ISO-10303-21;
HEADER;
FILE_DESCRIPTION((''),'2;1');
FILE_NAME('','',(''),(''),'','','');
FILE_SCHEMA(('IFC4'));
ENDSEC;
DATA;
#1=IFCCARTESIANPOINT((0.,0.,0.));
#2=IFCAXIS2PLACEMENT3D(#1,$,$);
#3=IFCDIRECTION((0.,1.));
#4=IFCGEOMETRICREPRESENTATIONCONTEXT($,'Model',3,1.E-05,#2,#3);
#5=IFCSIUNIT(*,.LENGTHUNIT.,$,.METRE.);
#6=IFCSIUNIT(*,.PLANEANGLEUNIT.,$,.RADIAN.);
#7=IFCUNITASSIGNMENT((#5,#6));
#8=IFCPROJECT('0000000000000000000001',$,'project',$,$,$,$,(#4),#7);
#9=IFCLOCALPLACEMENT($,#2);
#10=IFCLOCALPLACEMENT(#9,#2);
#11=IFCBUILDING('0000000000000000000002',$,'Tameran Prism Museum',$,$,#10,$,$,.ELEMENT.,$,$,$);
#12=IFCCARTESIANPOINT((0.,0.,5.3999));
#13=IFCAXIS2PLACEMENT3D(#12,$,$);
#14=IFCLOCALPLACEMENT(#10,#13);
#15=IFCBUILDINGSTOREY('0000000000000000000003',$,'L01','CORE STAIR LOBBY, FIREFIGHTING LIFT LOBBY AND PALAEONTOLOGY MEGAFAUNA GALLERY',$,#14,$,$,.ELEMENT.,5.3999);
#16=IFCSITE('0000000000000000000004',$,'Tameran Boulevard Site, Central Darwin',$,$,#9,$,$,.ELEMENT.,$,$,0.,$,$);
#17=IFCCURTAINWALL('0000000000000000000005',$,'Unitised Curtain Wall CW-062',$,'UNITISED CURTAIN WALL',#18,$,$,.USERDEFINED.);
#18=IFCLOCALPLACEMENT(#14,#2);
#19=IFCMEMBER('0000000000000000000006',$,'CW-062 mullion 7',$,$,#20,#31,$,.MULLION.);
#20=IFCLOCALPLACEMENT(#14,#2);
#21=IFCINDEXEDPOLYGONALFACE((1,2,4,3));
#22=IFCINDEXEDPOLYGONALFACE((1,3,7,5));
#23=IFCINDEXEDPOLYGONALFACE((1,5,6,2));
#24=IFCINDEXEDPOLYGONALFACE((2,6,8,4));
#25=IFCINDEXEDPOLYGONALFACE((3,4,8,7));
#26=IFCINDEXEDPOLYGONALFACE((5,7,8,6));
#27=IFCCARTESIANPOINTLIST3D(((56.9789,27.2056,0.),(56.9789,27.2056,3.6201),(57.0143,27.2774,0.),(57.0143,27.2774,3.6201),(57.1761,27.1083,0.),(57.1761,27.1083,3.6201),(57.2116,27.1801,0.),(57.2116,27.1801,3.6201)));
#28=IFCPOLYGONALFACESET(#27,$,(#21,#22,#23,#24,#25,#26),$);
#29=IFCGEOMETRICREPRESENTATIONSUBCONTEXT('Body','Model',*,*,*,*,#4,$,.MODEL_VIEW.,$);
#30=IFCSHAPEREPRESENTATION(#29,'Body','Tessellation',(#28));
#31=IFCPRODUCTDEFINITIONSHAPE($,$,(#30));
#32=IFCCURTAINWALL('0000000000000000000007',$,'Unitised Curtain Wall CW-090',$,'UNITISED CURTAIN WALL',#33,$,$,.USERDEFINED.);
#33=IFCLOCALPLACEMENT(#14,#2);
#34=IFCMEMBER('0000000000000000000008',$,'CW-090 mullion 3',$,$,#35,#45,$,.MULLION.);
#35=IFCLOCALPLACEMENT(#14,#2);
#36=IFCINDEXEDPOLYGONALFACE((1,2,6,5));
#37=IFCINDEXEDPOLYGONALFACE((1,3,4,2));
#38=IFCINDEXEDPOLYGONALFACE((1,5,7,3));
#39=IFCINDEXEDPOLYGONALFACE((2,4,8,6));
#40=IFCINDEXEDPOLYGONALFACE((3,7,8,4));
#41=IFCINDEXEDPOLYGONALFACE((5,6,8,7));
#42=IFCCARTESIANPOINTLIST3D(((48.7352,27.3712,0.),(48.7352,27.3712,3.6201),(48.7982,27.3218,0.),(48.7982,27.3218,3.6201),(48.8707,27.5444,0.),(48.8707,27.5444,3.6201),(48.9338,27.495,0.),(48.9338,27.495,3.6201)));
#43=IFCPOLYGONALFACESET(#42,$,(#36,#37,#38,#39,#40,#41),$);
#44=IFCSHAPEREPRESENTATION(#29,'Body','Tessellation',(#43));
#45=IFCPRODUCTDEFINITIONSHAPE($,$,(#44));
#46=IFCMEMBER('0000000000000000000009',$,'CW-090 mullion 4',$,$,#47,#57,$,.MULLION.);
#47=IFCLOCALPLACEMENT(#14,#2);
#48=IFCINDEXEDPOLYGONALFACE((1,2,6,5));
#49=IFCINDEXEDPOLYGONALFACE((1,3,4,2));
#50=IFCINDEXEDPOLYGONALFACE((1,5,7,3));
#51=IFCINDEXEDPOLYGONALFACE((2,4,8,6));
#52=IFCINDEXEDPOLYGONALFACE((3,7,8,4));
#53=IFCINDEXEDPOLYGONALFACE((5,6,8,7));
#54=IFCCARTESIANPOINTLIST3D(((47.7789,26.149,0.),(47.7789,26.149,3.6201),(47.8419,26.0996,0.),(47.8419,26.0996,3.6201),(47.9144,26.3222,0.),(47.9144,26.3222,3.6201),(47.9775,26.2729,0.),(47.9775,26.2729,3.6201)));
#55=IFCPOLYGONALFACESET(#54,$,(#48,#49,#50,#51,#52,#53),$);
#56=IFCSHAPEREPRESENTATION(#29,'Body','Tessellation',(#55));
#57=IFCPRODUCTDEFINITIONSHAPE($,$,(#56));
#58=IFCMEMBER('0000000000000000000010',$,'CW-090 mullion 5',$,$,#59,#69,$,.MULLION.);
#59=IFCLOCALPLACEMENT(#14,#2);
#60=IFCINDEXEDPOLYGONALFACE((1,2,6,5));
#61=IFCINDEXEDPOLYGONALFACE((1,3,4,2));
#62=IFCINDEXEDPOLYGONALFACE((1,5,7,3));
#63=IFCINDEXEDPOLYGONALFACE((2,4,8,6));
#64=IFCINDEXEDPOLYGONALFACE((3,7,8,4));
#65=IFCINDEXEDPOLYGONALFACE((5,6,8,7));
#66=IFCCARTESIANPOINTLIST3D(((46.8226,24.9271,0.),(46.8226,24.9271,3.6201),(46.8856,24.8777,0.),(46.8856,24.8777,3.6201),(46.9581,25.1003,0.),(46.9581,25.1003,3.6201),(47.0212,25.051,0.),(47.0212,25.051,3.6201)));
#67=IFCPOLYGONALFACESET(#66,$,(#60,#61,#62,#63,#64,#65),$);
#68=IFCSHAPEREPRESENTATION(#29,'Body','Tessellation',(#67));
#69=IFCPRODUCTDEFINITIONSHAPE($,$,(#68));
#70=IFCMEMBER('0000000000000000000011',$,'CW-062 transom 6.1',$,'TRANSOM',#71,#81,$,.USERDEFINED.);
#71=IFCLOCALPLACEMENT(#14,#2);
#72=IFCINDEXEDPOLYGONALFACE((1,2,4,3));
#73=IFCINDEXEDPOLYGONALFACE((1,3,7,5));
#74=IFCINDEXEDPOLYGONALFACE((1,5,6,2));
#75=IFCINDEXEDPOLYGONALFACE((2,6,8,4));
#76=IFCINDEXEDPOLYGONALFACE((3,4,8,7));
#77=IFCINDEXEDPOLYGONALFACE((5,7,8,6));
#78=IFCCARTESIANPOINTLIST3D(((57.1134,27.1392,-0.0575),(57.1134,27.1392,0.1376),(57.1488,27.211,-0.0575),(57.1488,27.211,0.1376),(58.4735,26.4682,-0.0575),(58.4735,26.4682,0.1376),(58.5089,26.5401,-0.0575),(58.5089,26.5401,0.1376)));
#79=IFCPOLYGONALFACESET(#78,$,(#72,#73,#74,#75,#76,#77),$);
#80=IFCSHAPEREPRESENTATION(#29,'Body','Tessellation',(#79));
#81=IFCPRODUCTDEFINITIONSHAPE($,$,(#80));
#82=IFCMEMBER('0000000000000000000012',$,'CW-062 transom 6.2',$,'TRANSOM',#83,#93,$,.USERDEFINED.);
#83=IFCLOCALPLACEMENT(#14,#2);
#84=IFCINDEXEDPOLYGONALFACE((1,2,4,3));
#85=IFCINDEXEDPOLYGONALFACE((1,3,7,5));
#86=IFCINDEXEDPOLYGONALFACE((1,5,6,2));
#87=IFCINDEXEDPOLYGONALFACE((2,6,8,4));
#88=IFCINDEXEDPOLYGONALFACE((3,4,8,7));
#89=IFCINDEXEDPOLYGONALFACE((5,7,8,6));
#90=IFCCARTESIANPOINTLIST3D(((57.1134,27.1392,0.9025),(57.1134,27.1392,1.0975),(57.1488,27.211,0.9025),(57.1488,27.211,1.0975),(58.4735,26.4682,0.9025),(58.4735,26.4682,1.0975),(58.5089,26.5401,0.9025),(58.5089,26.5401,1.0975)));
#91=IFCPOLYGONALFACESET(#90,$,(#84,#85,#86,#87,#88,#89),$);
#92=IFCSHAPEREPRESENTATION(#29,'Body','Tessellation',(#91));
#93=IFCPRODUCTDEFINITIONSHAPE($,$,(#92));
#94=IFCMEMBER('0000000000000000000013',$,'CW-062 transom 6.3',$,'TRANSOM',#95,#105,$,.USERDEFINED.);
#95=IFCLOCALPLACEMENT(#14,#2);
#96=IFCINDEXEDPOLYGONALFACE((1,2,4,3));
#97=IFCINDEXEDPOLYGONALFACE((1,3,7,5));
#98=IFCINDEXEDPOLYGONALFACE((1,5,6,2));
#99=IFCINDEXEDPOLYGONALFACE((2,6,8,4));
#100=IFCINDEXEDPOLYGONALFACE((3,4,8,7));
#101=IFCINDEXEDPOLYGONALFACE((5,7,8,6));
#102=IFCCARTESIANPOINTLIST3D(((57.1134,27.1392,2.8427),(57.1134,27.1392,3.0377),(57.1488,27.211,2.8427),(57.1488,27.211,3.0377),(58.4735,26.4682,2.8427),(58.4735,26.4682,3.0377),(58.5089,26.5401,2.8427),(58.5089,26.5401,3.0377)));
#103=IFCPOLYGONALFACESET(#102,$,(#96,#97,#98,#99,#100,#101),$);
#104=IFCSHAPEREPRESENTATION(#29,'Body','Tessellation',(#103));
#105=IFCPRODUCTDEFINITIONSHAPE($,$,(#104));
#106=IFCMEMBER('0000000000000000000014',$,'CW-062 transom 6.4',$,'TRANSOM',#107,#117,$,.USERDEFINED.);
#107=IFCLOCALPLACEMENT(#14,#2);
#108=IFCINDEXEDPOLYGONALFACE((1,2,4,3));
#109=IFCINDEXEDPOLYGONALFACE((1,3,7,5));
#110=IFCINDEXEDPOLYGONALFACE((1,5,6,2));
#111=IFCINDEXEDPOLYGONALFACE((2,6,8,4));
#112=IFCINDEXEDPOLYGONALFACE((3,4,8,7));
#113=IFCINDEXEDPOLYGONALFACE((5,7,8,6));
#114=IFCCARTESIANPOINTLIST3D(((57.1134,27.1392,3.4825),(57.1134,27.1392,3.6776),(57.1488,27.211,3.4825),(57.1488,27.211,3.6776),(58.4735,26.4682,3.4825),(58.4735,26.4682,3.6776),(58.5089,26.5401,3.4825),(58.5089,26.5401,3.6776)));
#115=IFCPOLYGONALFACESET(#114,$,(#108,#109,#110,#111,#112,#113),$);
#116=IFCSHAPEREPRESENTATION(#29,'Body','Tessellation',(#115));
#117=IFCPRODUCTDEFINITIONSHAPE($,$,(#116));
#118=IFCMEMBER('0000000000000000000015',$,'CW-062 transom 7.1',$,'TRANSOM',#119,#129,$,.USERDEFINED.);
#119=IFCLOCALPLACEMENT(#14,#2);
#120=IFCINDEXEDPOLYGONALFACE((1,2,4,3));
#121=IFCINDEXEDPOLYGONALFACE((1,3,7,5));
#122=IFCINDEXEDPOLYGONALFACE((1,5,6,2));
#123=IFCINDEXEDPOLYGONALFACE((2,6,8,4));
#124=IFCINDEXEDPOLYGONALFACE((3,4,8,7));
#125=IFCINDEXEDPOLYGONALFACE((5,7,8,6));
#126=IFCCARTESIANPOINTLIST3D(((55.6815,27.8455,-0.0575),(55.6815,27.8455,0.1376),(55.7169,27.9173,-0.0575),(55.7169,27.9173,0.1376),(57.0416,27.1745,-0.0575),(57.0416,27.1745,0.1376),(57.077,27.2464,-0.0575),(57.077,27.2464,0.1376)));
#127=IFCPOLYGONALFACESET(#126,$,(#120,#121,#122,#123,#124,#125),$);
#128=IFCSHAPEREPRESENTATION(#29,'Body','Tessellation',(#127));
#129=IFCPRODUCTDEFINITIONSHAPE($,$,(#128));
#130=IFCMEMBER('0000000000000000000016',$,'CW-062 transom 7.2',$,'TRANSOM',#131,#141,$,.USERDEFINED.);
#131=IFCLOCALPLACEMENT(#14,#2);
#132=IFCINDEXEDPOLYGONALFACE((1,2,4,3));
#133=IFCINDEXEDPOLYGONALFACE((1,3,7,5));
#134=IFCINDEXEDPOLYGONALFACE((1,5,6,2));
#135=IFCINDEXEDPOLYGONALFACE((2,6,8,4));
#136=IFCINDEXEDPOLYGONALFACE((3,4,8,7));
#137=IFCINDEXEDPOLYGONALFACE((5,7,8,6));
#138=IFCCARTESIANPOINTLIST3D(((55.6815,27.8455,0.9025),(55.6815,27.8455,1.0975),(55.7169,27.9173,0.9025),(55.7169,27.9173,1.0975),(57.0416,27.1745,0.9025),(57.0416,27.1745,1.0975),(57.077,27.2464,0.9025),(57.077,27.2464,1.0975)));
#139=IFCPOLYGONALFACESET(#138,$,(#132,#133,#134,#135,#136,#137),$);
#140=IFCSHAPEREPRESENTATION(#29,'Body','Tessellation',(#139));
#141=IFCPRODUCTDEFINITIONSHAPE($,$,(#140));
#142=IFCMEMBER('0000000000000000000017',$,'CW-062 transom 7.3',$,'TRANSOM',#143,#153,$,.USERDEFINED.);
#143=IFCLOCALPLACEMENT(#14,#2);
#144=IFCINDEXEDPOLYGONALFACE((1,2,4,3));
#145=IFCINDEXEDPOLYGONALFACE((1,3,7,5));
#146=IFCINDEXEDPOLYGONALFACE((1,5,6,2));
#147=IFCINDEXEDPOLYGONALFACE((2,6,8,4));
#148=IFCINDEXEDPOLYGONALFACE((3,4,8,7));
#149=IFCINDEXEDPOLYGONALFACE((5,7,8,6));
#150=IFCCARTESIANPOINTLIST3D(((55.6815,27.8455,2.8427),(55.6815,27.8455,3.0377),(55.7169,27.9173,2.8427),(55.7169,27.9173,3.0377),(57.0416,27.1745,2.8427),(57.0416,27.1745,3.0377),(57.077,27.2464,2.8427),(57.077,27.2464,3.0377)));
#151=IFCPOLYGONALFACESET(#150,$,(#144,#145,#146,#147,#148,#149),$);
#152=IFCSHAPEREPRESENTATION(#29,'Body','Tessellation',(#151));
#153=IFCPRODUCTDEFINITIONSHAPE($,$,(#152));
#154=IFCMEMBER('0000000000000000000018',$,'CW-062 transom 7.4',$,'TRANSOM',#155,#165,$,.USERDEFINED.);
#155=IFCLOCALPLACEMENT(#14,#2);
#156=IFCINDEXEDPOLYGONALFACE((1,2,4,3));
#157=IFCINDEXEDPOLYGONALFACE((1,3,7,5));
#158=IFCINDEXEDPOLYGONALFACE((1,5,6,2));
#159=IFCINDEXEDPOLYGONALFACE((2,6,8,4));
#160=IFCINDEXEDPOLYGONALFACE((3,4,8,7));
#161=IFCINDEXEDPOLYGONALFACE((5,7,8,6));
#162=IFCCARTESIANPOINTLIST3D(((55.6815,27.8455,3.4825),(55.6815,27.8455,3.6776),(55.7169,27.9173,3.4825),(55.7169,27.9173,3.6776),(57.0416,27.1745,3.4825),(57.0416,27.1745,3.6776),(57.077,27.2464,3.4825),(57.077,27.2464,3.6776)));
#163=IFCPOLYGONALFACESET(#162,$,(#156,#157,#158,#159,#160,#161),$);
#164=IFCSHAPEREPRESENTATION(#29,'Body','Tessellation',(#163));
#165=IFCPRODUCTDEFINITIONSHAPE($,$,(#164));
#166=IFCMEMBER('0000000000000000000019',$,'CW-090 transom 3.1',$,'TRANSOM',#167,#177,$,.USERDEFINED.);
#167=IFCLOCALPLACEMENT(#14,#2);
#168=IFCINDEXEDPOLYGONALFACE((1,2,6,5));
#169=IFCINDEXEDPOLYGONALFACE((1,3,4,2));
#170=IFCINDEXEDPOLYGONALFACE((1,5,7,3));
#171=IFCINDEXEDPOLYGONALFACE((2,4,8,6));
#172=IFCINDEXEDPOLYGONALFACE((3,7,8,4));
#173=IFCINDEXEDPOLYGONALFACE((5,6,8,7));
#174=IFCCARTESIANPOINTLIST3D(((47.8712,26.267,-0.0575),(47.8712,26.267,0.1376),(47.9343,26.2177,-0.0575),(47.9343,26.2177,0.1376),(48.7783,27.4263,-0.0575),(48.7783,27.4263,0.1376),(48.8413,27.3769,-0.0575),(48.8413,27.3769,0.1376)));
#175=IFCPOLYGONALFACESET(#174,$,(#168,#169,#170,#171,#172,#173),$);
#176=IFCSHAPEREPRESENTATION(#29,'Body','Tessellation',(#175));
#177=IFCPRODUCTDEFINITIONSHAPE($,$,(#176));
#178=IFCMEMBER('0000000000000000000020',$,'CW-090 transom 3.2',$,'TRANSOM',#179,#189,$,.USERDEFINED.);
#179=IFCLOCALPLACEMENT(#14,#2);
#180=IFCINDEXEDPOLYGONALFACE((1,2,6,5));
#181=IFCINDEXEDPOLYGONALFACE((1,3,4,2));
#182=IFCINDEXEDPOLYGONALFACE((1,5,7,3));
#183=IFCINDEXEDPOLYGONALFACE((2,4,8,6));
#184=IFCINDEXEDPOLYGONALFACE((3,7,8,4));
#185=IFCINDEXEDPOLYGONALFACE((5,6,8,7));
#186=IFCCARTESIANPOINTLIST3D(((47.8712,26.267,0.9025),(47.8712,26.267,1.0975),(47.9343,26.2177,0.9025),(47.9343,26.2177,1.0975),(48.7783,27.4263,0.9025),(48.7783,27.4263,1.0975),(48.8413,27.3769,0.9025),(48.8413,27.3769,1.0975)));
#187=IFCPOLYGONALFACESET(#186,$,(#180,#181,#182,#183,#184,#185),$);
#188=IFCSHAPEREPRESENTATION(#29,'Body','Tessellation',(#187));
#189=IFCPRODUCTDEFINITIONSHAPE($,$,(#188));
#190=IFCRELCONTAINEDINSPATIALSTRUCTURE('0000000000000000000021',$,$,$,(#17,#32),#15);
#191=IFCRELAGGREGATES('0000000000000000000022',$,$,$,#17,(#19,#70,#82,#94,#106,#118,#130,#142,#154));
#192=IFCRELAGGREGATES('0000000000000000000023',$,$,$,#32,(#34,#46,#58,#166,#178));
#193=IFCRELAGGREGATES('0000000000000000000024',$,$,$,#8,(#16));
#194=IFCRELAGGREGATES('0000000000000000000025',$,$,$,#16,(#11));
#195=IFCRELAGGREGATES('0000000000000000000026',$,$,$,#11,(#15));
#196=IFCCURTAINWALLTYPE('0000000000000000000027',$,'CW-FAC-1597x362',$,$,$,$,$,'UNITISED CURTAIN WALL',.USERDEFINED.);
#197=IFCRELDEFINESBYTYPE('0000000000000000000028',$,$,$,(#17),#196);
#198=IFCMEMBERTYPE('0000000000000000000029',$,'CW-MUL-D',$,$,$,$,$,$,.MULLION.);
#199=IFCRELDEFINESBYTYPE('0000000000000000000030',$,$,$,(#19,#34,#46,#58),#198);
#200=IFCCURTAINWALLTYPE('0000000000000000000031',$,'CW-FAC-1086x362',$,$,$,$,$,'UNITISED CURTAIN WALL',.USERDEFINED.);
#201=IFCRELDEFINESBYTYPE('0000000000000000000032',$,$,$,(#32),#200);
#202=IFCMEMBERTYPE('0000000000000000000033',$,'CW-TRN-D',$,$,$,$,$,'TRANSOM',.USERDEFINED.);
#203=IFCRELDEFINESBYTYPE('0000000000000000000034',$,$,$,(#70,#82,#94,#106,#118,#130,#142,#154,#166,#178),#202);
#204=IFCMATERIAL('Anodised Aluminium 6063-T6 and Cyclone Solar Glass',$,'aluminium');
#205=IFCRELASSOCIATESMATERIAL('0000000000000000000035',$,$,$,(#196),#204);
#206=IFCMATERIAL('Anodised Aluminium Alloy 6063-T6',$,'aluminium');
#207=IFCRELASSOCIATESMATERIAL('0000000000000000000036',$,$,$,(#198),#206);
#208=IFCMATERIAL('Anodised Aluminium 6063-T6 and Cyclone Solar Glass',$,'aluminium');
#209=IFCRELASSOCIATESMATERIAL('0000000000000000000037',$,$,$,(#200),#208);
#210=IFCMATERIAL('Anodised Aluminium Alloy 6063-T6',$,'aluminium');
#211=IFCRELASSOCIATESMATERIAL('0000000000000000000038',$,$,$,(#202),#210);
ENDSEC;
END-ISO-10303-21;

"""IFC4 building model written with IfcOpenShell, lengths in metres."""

from ifc_helpers import new_model, si_unit, direction, frame, origin, origin_2d, place, context, subcontext, project, spatial, rectangle, extrude, material, material_profile, profile_set, type_object, element, aggregate, save


model = new_model("IFC4")

# Units and contexts
model_context = context("Model", 3, precision=1e-05, world=origin(), true_north=direction((0.0, 1.0)))
body_context = subcontext(model_context, "Body", "Model", "MODEL_VIEW")
ifc_project = project(units=[si_unit("LENGTHUNIT", "METRE"), si_unit("PLANEANGLEUNIT", "RADIAN")], contexts=[model_context])

# Site, building, storey
site_placement = place(None, origin())
site = spatial("IfcSite", under=ifc_project, at=site_placement, Name="Tameran Boulevard Site, Central Darwin", CompositionType="ELEMENT", RefElevation=0.0)
building_placement = place(site_placement, origin())
building = spatial("IfcBuilding", under=site, at=building_placement, Name="Tameran Prism Museum", CompositionType="ELEMENT")
storey_placement = place(building_placement, frame((0.0, 0.0, 5.3999)))
storey = spatial("IfcBuildingStorey", under=building, at=storey_placement, Name="L01", Description="CORE STAIR LOBBY, FIREFIGHTING LIFT LOBBY AND PALAEONTOLOGY MEGAFAUNA GALLERY", CompositionType="ELEMENT", Elevation=5.3999)

# Curtain wall, member
ifc_material_1 = material(Name="Anodised Aluminium 6063-T6 and Cyclone Solar Glass", Category="aluminium")
curtain_wall_type_1 = type_object("IfcCurtainWallType", Name="CW-FAC-1597x362", ElementType="UNITISED CURTAIN WALL", PredefinedType="USERDEFINED", material=ifc_material_1)
curtain_wall_1_placement = place(storey_placement, origin())
curtain_wall_1 = element("IfcCurtainWall", 1, at=curtain_wall_1_placement, inside=storey, type_object=curtain_wall_type_1, Name="Unitised Curtain Wall CW-062", ObjectType="UNITISED CURTAIN WALL", PredefinedType="USERDEFINED")
ifc_material_2 = material(Name="Anodised Aluminium Alloy 6063-T6", Category="aluminium")
ifc_material_profile_1 = material_profile(ifc_material_2, rectangle(XDim=0.0801, YDim=0.22, at=origin_2d()))
ifc_profile_set_1 = profile_set([ifc_material_profile_1])
member_type_1 = type_object("IfcMemberType", Name="CW-MUL-D", PredefinedType="MULLION", material=ifc_profile_set_1)
member_1_placement = place(storey_placement, frame((57.0952, 27.1929, 0.0), z_axis=(0.0, 0.0, 1.0), x_axis=(-0.442397, -0.896819, 0.0)))
member_1 = element("IfcMember", 2, at=member_1_placement, type_object=member_type_1, Name="CW-062 mullion 7", PredefinedType="MULLION", context=body_context, shape_type="SweptSolid", body=[
    extrude(rectangle(XDim=0.0801, YDim=0.22, at=origin_2d()), origin(), (0.0, 0.0, 1.0), 3.6201),
])

# Curtain wall, members
ifc_material_3 = material(Name="Anodised Aluminium 6063-T6 and Cyclone Solar Glass", Category="aluminium")
curtain_wall_type_2 = type_object("IfcCurtainWallType", Name="CW-FAC-1086x362", ElementType="UNITISED CURTAIN WALL", PredefinedType="USERDEFINED", material=ifc_material_3)
curtain_wall_2_placement = place(storey_placement, origin())
curtain_wall_2 = element("IfcCurtainWall", 3, at=curtain_wall_2_placement, inside=storey, type_object=curtain_wall_type_2, Name="Unitised Curtain Wall CW-090", ObjectType="UNITISED CURTAIN WALL", PredefinedType="USERDEFINED")
member_2_placement = place(storey_placement, frame((48.8345, 27.4331, 0.0), z_axis=(0.0, 0.0, 1.0), x_axis=(0.787524, -0.616283, 0.0)))
member_2 = element("IfcMember", 4, at=member_2_placement, type_object=member_type_1, Name="CW-090 mullion 3", PredefinedType="MULLION", context=body_context, shape_type="SweptSolid", body=[
    extrude(rectangle(XDim=0.0801, YDim=0.22, at=origin_2d()), origin(), (0.0, 0.0, 1.0), 3.6201),
])
member_3_placement = place(storey_placement, frame((47.8782, 26.2109, 0.0), z_axis=(0.0, 0.0, 1.0), x_axis=(0.787524, -0.616283, 0.0)))
member_3 = element("IfcMember", 5, at=member_3_placement, type_object=member_type_1, Name="CW-090 mullion 4", PredefinedType="MULLION", context=body_context, shape_type="SweptSolid", body=[
    extrude(rectangle(XDim=0.0801, YDim=0.22, at=origin_2d()), origin(), (0.0, 0.0, 1.0), 3.6201),
])
member_4_placement = place(storey_placement, frame((46.9219, 24.989, 0.0), z_axis=(0.0, 0.0, 1.0), x_axis=(0.787524, -0.616283, 0.0)))
member_4 = element("IfcMember", 6, at=member_4_placement, type_object=member_type_1, Name="CW-090 mullion 5", PredefinedType="MULLION", context=body_context, shape_type="SweptSolid", body=[
    extrude(rectangle(XDim=0.0801, YDim=0.22, at=origin_2d()), origin(), (0.0, 0.0, 1.0), 3.6201),
])

# Members
ifc_material_4 = material(Name="Anodised Aluminium Alloy 6063-T6", Category="aluminium")
ifc_material_profile_2 = material_profile(ifc_material_4, rectangle(XDim=0.0801, YDim=0.1951, at=origin_2d()))
ifc_profile_set_2 = profile_set([ifc_material_profile_2])
member_type_2 = type_object("IfcMemberType", Name="CW-TRN-D", ElementType="TRANSOM", PredefinedType="USERDEFINED", material=ifc_profile_set_2)
member_5_placement = place(storey_placement, frame((58.4912, 26.5042, 0.04), z_axis=(-0.896829, 0.442378, 0.0), x_axis=(-0.442378, -0.896829, 0.0)))
member_5 = element("IfcMember", 7, at=member_5_placement, type_object=member_type_2, Name="CW-062 transom 6.1", ObjectType="TRANSOM", PredefinedType="USERDEFINED", context=body_context, shape_type="SweptSolid", body=[
    extrude(rectangle(XDim=0.0801, YDim=0.1951, at=origin_2d()), origin(), (0.0, 0.0, 1.0), 1.5166),
])
member_6_placement = place(storey_placement, frame((58.4912, 26.5042, 1.0), z_axis=(-0.896829, 0.442378, 0.0), x_axis=(-0.442378, -0.896829, 0.0)))
member_6 = element("IfcMember", 8, at=member_6_placement, type_object=member_type_2, Name="CW-062 transom 6.2", ObjectType="TRANSOM", PredefinedType="USERDEFINED", context=body_context, shape_type="SweptSolid", body=[
    extrude(rectangle(XDim=0.0801, YDim=0.1951, at=origin_2d()), origin(), (0.0, 0.0, 1.0), 1.5166),
])
member_7_placement = place(storey_placement, frame((58.4912, 26.5042, 2.9402), z_axis=(-0.896829, 0.442378, 0.0), x_axis=(-0.442378, -0.896829, 0.0)))
member_7 = element("IfcMember", 9, at=member_7_placement, type_object=member_type_2, Name="CW-062 transom 6.3", ObjectType="TRANSOM", PredefinedType="USERDEFINED", context=body_context, shape_type="SweptSolid", body=[
    extrude(rectangle(XDim=0.0801, YDim=0.1951, at=origin_2d()), origin(), (0.0, 0.0, 1.0), 1.5166),
])
member_8_placement = place(storey_placement, frame((58.4912, 26.5042, 3.5801), z_axis=(-0.896829, 0.442378, 0.0), x_axis=(-0.442378, -0.896829, 0.0)))
member_8 = element("IfcMember", 10, at=member_8_placement, type_object=member_type_2, Name="CW-062 transom 6.4", ObjectType="TRANSOM", PredefinedType="USERDEFINED", context=body_context, shape_type="SweptSolid", body=[
    extrude(rectangle(XDim=0.0801, YDim=0.1951, at=origin_2d()), origin(), (0.0, 0.0, 1.0), 1.5166),
])
member_9_placement = place(storey_placement, frame((57.0593, 27.2104, 0.04), z_axis=(-0.896829, 0.442378, 0.0), x_axis=(-0.442378, -0.896829, 0.0)))
member_9 = element("IfcMember", 11, at=member_9_placement, type_object=member_type_2, Name="CW-062 transom 7.1", ObjectType="TRANSOM", PredefinedType="USERDEFINED", context=body_context, shape_type="SweptSolid", body=[
    extrude(rectangle(XDim=0.0801, YDim=0.1951, at=origin_2d()), origin(), (0.0, 0.0, 1.0), 1.5166),
])
member_10_placement = place(storey_placement, frame((57.0593, 27.2104, 1.0), z_axis=(-0.896829, 0.442378, 0.0), x_axis=(-0.442378, -0.896829, 0.0)))
member_10 = element("IfcMember", 12, at=member_10_placement, type_object=member_type_2, Name="CW-062 transom 7.2", ObjectType="TRANSOM", PredefinedType="USERDEFINED", context=body_context, shape_type="SweptSolid", body=[
    extrude(rectangle(XDim=0.0801, YDim=0.1951, at=origin_2d()), origin(), (0.0, 0.0, 1.0), 1.5166),
])
member_11_placement = place(storey_placement, frame((57.0593, 27.2104, 2.9402), z_axis=(-0.896829, 0.442378, 0.0), x_axis=(-0.442378, -0.896829, 0.0)))
member_11 = element("IfcMember", 13, at=member_11_placement, type_object=member_type_2, Name="CW-062 transom 7.3", ObjectType="TRANSOM", PredefinedType="USERDEFINED", context=body_context, shape_type="SweptSolid", body=[
    extrude(rectangle(XDim=0.0801, YDim=0.1951, at=origin_2d()), origin(), (0.0, 0.0, 1.0), 1.5166),
])
member_12_placement = place(storey_placement, frame((57.0593, 27.2104, 3.5801), z_axis=(-0.896829, 0.442378, 0.0), x_axis=(-0.442378, -0.896829, 0.0)))
member_12 = element("IfcMember", 14, at=member_12_placement, type_object=member_type_2, Name="CW-062 transom 7.4", ObjectType="TRANSOM", PredefinedType="USERDEFINED", context=body_context, shape_type="SweptSolid", body=[
    extrude(rectangle(XDim=0.0801, YDim=0.1951, at=origin_2d()), origin(), (0.0, 0.0, 1.0), 1.5166),
])
member_13_placement = place(storey_placement, frame((48.8098, 27.4016, 0.04), z_axis=(-0.616223, -0.787572, 0.0), x_axis=(0.787572, -0.616223, 0.0)))
member_13 = element("IfcMember", 15, at=member_13_placement, type_object=member_type_2, Name="CW-090 transom 3.1", ObjectType="TRANSOM", PredefinedType="USERDEFINED", context=body_context, shape_type="SweptSolid", body=[
    extrude(rectangle(XDim=0.0801, YDim=0.1951, at=origin_2d()), origin(), (0.0, 0.0, 1.0), 1.4719),
])
member_14_placement = place(storey_placement, frame((48.8098, 27.4016, 1.0), z_axis=(-0.616223, -0.787572, 0.0), x_axis=(0.787572, -0.616223, 0.0)))
member_14 = element("IfcMember", 16, at=member_14_placement, type_object=member_type_2, Name="CW-090 transom 3.2", ObjectType="TRANSOM", PredefinedType="USERDEFINED", context=body_context, shape_type="SweptSolid", body=[
    extrude(rectangle(XDim=0.0801, YDim=0.1951, at=origin_2d()), origin(), (0.0, 0.0, 1.0), 1.4719),
])

aggregate(curtain_wall_1, [member_1, member_5, member_6, member_7, member_8, member_9, member_10, member_11, member_12])
aggregate(curtain_wall_2, [member_2, member_3, member_4, member_13, member_14])

save(model, "model.ifc")
